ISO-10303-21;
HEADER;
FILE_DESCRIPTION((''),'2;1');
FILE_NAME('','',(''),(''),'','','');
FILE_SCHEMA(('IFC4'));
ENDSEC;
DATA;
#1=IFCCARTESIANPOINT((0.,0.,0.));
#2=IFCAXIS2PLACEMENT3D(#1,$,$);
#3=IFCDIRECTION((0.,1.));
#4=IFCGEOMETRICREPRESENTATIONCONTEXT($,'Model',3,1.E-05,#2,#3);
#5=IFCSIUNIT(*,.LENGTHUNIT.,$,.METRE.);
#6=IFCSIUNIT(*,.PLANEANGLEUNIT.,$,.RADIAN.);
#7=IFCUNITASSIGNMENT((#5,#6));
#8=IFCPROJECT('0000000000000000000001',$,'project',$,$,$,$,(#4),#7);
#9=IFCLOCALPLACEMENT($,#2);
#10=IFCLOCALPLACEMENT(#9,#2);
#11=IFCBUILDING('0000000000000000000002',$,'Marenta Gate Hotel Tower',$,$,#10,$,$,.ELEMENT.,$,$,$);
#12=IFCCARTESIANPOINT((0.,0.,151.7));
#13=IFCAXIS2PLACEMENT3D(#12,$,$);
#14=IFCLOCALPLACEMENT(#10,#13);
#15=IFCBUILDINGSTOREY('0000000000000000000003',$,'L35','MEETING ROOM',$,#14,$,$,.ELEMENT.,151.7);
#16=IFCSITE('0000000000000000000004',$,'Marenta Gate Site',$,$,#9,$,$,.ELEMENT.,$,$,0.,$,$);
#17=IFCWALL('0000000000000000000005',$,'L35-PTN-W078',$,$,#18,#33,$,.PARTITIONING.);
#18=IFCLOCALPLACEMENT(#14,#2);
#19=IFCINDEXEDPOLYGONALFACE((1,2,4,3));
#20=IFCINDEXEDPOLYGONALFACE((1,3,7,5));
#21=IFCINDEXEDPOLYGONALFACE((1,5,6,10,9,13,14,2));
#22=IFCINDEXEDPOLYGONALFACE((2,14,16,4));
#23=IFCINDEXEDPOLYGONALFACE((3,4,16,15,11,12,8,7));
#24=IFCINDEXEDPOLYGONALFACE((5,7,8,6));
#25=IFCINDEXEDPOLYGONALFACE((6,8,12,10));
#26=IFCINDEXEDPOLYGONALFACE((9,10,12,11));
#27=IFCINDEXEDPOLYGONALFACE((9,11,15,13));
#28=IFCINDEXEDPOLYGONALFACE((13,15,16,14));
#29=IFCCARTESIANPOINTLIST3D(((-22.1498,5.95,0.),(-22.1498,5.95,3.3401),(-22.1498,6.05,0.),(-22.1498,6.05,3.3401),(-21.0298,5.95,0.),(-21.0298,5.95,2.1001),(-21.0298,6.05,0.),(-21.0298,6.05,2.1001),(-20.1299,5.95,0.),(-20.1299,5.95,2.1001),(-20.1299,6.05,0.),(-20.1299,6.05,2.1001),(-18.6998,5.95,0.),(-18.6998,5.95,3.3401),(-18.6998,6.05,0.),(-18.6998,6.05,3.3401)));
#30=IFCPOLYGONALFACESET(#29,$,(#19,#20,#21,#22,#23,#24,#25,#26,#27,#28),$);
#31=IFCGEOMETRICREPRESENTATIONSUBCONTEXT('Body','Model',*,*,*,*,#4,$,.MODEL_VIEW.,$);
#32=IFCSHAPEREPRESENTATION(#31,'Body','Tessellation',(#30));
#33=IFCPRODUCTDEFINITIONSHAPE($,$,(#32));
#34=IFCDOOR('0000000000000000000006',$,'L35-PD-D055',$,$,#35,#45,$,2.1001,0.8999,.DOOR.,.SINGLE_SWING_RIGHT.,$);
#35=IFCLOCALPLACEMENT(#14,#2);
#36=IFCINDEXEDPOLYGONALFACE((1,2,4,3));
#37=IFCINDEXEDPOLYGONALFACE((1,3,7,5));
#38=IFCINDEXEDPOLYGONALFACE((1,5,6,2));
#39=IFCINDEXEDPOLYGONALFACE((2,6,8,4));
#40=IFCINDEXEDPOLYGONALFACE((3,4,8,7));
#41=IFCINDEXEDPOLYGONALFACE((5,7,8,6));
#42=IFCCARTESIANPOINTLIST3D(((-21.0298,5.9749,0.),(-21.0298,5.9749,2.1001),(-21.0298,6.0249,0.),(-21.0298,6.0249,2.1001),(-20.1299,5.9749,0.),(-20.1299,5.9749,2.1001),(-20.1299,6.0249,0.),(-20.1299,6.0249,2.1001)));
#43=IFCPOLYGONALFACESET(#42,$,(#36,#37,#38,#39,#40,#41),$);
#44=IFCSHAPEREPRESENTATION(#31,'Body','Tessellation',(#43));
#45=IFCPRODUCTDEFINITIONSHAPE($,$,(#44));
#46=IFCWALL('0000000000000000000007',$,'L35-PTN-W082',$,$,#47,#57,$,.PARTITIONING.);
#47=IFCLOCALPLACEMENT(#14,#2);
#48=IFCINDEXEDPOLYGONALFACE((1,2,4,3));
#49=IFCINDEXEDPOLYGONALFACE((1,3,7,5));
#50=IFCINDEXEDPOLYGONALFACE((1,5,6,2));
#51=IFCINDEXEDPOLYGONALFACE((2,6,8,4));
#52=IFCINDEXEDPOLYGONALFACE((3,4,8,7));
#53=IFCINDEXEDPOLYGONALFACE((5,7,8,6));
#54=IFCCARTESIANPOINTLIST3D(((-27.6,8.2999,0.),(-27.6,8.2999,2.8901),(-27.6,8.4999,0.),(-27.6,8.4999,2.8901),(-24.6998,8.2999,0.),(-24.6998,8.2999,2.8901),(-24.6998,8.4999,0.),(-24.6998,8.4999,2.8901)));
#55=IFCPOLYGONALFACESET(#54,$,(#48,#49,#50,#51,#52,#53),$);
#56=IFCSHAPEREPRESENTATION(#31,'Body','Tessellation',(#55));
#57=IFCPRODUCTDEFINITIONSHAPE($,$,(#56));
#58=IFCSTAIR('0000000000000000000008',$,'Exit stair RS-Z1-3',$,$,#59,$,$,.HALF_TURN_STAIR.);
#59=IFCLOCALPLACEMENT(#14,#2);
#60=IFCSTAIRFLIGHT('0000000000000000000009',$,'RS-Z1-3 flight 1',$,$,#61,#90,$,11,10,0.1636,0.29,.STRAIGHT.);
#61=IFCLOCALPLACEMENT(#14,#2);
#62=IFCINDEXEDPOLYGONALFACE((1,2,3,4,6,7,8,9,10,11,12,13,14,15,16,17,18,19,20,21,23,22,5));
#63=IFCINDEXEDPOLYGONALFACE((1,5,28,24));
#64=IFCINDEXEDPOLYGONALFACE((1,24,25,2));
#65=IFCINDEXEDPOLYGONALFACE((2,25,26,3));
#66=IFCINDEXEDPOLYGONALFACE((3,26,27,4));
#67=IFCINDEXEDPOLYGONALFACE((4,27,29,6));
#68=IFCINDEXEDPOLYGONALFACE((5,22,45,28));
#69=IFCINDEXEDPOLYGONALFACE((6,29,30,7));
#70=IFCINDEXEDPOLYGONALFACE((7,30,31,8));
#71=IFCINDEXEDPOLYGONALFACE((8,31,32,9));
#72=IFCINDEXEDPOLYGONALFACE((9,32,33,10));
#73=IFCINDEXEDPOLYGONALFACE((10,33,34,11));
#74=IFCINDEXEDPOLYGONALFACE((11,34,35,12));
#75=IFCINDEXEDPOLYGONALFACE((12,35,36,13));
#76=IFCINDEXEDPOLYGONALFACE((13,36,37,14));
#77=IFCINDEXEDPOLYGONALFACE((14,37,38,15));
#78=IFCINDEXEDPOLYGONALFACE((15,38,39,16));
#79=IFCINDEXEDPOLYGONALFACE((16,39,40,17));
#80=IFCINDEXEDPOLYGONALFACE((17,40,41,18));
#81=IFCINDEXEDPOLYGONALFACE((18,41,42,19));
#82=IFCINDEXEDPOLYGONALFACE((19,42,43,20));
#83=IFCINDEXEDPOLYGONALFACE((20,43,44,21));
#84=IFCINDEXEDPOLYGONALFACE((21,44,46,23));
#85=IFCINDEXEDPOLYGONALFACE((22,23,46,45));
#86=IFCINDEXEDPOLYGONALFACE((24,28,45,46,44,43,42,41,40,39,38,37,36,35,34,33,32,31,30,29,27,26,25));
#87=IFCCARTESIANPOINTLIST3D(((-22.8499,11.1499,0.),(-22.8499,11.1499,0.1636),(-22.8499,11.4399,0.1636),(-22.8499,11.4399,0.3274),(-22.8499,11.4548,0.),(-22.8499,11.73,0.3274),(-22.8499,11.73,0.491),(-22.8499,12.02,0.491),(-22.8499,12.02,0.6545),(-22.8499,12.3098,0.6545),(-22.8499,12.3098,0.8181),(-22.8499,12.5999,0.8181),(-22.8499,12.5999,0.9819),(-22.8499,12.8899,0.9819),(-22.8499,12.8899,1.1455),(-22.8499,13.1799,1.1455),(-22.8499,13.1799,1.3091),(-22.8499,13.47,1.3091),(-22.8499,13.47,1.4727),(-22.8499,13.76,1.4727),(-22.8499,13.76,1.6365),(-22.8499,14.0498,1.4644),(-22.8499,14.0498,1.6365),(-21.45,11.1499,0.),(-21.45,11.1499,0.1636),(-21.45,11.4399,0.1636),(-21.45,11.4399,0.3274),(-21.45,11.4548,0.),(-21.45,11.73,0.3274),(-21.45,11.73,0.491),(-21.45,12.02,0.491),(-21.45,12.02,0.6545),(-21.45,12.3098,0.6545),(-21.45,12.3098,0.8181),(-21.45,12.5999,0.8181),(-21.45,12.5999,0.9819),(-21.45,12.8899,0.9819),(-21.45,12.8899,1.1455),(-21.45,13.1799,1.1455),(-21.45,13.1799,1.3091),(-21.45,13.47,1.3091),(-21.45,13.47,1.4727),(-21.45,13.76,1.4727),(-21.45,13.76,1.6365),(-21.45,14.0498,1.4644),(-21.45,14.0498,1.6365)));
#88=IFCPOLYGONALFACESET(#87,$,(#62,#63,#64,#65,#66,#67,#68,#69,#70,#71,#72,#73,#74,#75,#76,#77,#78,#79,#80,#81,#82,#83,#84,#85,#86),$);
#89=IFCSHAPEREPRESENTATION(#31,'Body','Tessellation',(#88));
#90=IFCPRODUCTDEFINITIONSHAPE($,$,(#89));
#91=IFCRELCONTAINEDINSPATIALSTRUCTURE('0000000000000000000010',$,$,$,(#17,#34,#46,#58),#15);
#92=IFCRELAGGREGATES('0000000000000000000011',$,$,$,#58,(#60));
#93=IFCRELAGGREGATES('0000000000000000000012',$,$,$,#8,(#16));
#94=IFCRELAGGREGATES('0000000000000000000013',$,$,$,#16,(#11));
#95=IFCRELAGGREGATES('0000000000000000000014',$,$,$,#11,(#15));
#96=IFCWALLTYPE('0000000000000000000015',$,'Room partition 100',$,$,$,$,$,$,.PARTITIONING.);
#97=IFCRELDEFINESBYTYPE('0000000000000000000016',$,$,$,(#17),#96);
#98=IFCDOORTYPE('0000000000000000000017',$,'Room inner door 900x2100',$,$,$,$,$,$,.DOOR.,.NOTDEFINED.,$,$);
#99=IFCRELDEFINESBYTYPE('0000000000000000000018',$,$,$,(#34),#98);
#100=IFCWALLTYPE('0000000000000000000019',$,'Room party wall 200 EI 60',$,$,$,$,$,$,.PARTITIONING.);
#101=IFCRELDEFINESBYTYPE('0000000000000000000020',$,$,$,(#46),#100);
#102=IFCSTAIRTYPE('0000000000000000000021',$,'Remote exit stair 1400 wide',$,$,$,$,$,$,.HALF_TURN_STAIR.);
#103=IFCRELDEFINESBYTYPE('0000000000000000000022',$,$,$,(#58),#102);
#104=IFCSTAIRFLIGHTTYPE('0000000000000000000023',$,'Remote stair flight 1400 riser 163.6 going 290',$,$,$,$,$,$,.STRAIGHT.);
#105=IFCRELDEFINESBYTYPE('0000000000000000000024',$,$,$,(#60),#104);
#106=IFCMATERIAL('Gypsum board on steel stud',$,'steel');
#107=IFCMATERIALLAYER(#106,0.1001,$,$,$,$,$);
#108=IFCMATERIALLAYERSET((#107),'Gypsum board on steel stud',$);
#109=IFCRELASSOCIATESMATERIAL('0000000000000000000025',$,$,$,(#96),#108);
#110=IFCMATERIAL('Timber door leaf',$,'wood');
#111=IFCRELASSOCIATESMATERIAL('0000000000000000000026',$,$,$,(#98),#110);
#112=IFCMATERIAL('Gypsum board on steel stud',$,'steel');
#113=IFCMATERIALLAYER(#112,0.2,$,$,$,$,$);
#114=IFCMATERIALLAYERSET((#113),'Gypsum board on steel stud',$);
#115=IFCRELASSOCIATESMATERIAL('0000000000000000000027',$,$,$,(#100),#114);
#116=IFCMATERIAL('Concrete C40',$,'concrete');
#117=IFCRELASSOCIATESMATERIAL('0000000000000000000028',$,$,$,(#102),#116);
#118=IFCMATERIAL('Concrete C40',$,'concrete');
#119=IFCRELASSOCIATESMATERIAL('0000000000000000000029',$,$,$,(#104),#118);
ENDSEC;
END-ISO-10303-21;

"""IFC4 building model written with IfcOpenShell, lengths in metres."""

from ifc_helpers import new_model, si_unit, direction, frame, frame_2d, origin, place, context, subcontext, project, spatial, polyline, rectangle, outline, extrude, material, layer, layer_set, type_object, element, fill, aggregate, save


model = new_model("IFC4")

# Units and contexts
model_context = context("Model", 3, precision=1e-05, world=origin(), true_north=direction((0.0, 1.0)))
body_context = subcontext(model_context, "Body", "Model", "MODEL_VIEW")
ifc_project = project(units=[si_unit("LENGTHUNIT", "METRE"), si_unit("PLANEANGLEUNIT", "RADIAN")], contexts=[model_context])

# Site, building, storey
site_placement = place(None, origin())
site = spatial("IfcSite", under=ifc_project, at=site_placement, Name="Marenta Gate Site", CompositionType="ELEMENT", RefElevation=0.0)
building_placement = place(site_placement, origin())
building = spatial("IfcBuilding", under=site, at=building_placement, Name="Marenta Gate Hotel Tower", CompositionType="ELEMENT")
storey_placement = place(building_placement, frame((0.0, 0.0, 151.7)))
storey = spatial("IfcBuildingStorey", under=building, at=storey_placement, Name="L35", Description="MEETING ROOM", CompositionType="ELEMENT", Elevation=151.7)

# Wall, opening, door
ifc_material_1 = material(Name="Gypsum board on steel stud", Category="steel")
ifc_layer_1 = layer(ifc_material_1, 0.1001)
ifc_layer_set_1 = layer_set([ifc_layer_1], Name="Gypsum board on steel stud")
wall_type_1 = type_object("IfcWallType", Name="Room partition 100", PredefinedType="PARTITIONING", material=ifc_layer_set_1)
wall_1_placement = place(storey_placement, frame((-22.1499, 6.0, 0.0), z_axis=(0.0, 0.0, 1.0), x_axis=(1.0, 0.0, 0.0)))
wall_1 = element("IfcWall", 1, at=wall_1_placement, inside=storey, type_object=wall_type_1, Name="L35-PTN-W078", PredefinedType="PARTITIONING", context=body_context, shape_type="SweptSolid", body=[
    extrude(rectangle(XDim=3.45, YDim=0.1001, at=frame_2d((1.7251, 0.0))), origin(), (0.0, 0.0, 1.0), 3.3401),
])
opening_1_placement = place(wall_1_placement, frame((1.1201, 0.0, 0.0)))
opening_1 = element("IfcOpeningElement", 2, at=opening_1_placement, cuts=wall_1, PredefinedType="OPENING", context=body_context, shape_type="SweptSolid", body=[
    extrude(rectangle(XDim=0.8999, YDim=2.1001, at=frame_2d((0.45, 1.05))), frame((0.0, 0.05, 0.0), z_axis=(0.0, -1.0, 0.0), x_axis=(1.0, 0.0, 0.0)), (0.0, 0.0, 1.0), 0.1001),
])
ifc_material_2 = material(Name="Timber door leaf", Category="wood")
door_type_1 = type_object("IfcDoorType", Name="Room inner door 900x2100", OperationType="NOTDEFINED", PredefinedType="DOOR", material=ifc_material_2)
door_1_placement = place(opening_1_placement, origin())
door_1 = element("IfcDoor", 3, at=door_1_placement, inside=storey, type_object=door_type_1, Name="L35-PD-D055", OperationType="SINGLE_SWING_RIGHT", OverallHeight=2.1001, OverallWidth=0.8999, PredefinedType="DOOR", context=body_context, shape_type="SweptSolid", body=[
    extrude(rectangle(XDim=0.8999, YDim=2.1001, at=frame_2d((0.45, 1.05))), frame((0.0, 0.0249, 0.0), z_axis=(0.0, -1.0, 0.0), x_axis=(1.0, 0.0, 0.0)), (0.0, 0.0, 1.0), 0.05),
])
fill(opening_1, door_1)

# Wall
ifc_material_3 = material(Name="Gypsum board on steel stud", Category="steel")
ifc_layer_2 = layer(ifc_material_3, 0.2)
ifc_layer_set_2 = layer_set([ifc_layer_2], Name="Gypsum board on steel stud")
wall_type_2 = type_object("IfcWallType", Name="Room party wall 200 EI 60", PredefinedType="PARTITIONING", material=ifc_layer_set_2)
wall_2_placement = place(storey_placement, frame((-27.6001, 8.3999, 0.0), z_axis=(0.0, 0.0, 1.0), x_axis=(1.0, 0.0, 0.0)))
element("IfcWall", 4, at=wall_2_placement, inside=storey, type_object=wall_type_2, Name="L35-PTN-W082", PredefinedType="PARTITIONING", context=body_context, shape_type="SweptSolid", body=[
    extrude(rectangle(XDim=2.9001, YDim=0.2, at=frame_2d((1.4502, 0.0))), origin(), (0.0, 0.0, 1.0), 2.8901),
])

# Stair, stair flight
ifc_material_4 = material(Name="Concrete C40", Category="concrete")
stair_type = type_object("IfcStairType", Name="Remote exit stair 1400 wide", PredefinedType="HALF_TURN_STAIR", material=ifc_material_4)
stair_placement = place(storey_placement, origin())
stair = element("IfcStair", 5, at=stair_placement, inside=storey, type_object=stair_type, Name="Exit stair RS-Z1-3", PredefinedType="HALF_TURN_STAIR")
ifc_material_5 = material(Name="Concrete C40", Category="concrete")
stair_flight_type = type_object("IfcStairFlightType", Name="Remote stair flight 1400 riser 163.6 going 290", PredefinedType="STRAIGHT", material=ifc_material_5)
stair_flight_placement = place(storey_placement, frame((-22.1499, 11.1499, 0.0), z_axis=(0.0, 0.0, 1.0), x_axis=(0.0, 1.0, 0.0)))
stair_flight = element("IfcStairFlight", 6, at=stair_flight_placement, type_object=stair_flight_type, Name="RS-Z1-3 flight 1", NumberOfRisers=11, NumberOfTreads=10, PredefinedType="STRAIGHT", RiserHeight=0.1636, TreadLength=0.29, context=body_context, shape_type="SweptSolid", body=[
    extrude(outline(polyline([(0.0, 0.0), (0.0, 0.1636), (0.29, 0.1636), (0.29, 0.3274), (0.5801, 0.3274), (0.5801, 0.491), (0.8701, 0.491), (0.8701, 0.6545), (1.1599, 0.6545), (1.1599, 0.8181), (1.45, 0.8181), (1.45, 0.9819), (1.74, 0.9819), (1.74, 1.1455), (2.03, 1.1455), (2.03, 1.3091), (2.3201, 1.3091), (2.3201, 1.4727), (2.6101, 1.4727), (2.6101, 1.6365), (2.8999, 1.6365), (2.8999, 1.8), (2.8999, 1.4644), (0.3049, 0.0), (0.0, 0.0)])), frame((0.0, 0.7, 0.0), z_axis=(0.0, -1.0, 0.0), x_axis=(1.0, 0.0, 0.0)), (0.0, 0.0, 1.0), 1.3999),
])
aggregate(stair, [stair_flight])

save(model, "model.ifc")
